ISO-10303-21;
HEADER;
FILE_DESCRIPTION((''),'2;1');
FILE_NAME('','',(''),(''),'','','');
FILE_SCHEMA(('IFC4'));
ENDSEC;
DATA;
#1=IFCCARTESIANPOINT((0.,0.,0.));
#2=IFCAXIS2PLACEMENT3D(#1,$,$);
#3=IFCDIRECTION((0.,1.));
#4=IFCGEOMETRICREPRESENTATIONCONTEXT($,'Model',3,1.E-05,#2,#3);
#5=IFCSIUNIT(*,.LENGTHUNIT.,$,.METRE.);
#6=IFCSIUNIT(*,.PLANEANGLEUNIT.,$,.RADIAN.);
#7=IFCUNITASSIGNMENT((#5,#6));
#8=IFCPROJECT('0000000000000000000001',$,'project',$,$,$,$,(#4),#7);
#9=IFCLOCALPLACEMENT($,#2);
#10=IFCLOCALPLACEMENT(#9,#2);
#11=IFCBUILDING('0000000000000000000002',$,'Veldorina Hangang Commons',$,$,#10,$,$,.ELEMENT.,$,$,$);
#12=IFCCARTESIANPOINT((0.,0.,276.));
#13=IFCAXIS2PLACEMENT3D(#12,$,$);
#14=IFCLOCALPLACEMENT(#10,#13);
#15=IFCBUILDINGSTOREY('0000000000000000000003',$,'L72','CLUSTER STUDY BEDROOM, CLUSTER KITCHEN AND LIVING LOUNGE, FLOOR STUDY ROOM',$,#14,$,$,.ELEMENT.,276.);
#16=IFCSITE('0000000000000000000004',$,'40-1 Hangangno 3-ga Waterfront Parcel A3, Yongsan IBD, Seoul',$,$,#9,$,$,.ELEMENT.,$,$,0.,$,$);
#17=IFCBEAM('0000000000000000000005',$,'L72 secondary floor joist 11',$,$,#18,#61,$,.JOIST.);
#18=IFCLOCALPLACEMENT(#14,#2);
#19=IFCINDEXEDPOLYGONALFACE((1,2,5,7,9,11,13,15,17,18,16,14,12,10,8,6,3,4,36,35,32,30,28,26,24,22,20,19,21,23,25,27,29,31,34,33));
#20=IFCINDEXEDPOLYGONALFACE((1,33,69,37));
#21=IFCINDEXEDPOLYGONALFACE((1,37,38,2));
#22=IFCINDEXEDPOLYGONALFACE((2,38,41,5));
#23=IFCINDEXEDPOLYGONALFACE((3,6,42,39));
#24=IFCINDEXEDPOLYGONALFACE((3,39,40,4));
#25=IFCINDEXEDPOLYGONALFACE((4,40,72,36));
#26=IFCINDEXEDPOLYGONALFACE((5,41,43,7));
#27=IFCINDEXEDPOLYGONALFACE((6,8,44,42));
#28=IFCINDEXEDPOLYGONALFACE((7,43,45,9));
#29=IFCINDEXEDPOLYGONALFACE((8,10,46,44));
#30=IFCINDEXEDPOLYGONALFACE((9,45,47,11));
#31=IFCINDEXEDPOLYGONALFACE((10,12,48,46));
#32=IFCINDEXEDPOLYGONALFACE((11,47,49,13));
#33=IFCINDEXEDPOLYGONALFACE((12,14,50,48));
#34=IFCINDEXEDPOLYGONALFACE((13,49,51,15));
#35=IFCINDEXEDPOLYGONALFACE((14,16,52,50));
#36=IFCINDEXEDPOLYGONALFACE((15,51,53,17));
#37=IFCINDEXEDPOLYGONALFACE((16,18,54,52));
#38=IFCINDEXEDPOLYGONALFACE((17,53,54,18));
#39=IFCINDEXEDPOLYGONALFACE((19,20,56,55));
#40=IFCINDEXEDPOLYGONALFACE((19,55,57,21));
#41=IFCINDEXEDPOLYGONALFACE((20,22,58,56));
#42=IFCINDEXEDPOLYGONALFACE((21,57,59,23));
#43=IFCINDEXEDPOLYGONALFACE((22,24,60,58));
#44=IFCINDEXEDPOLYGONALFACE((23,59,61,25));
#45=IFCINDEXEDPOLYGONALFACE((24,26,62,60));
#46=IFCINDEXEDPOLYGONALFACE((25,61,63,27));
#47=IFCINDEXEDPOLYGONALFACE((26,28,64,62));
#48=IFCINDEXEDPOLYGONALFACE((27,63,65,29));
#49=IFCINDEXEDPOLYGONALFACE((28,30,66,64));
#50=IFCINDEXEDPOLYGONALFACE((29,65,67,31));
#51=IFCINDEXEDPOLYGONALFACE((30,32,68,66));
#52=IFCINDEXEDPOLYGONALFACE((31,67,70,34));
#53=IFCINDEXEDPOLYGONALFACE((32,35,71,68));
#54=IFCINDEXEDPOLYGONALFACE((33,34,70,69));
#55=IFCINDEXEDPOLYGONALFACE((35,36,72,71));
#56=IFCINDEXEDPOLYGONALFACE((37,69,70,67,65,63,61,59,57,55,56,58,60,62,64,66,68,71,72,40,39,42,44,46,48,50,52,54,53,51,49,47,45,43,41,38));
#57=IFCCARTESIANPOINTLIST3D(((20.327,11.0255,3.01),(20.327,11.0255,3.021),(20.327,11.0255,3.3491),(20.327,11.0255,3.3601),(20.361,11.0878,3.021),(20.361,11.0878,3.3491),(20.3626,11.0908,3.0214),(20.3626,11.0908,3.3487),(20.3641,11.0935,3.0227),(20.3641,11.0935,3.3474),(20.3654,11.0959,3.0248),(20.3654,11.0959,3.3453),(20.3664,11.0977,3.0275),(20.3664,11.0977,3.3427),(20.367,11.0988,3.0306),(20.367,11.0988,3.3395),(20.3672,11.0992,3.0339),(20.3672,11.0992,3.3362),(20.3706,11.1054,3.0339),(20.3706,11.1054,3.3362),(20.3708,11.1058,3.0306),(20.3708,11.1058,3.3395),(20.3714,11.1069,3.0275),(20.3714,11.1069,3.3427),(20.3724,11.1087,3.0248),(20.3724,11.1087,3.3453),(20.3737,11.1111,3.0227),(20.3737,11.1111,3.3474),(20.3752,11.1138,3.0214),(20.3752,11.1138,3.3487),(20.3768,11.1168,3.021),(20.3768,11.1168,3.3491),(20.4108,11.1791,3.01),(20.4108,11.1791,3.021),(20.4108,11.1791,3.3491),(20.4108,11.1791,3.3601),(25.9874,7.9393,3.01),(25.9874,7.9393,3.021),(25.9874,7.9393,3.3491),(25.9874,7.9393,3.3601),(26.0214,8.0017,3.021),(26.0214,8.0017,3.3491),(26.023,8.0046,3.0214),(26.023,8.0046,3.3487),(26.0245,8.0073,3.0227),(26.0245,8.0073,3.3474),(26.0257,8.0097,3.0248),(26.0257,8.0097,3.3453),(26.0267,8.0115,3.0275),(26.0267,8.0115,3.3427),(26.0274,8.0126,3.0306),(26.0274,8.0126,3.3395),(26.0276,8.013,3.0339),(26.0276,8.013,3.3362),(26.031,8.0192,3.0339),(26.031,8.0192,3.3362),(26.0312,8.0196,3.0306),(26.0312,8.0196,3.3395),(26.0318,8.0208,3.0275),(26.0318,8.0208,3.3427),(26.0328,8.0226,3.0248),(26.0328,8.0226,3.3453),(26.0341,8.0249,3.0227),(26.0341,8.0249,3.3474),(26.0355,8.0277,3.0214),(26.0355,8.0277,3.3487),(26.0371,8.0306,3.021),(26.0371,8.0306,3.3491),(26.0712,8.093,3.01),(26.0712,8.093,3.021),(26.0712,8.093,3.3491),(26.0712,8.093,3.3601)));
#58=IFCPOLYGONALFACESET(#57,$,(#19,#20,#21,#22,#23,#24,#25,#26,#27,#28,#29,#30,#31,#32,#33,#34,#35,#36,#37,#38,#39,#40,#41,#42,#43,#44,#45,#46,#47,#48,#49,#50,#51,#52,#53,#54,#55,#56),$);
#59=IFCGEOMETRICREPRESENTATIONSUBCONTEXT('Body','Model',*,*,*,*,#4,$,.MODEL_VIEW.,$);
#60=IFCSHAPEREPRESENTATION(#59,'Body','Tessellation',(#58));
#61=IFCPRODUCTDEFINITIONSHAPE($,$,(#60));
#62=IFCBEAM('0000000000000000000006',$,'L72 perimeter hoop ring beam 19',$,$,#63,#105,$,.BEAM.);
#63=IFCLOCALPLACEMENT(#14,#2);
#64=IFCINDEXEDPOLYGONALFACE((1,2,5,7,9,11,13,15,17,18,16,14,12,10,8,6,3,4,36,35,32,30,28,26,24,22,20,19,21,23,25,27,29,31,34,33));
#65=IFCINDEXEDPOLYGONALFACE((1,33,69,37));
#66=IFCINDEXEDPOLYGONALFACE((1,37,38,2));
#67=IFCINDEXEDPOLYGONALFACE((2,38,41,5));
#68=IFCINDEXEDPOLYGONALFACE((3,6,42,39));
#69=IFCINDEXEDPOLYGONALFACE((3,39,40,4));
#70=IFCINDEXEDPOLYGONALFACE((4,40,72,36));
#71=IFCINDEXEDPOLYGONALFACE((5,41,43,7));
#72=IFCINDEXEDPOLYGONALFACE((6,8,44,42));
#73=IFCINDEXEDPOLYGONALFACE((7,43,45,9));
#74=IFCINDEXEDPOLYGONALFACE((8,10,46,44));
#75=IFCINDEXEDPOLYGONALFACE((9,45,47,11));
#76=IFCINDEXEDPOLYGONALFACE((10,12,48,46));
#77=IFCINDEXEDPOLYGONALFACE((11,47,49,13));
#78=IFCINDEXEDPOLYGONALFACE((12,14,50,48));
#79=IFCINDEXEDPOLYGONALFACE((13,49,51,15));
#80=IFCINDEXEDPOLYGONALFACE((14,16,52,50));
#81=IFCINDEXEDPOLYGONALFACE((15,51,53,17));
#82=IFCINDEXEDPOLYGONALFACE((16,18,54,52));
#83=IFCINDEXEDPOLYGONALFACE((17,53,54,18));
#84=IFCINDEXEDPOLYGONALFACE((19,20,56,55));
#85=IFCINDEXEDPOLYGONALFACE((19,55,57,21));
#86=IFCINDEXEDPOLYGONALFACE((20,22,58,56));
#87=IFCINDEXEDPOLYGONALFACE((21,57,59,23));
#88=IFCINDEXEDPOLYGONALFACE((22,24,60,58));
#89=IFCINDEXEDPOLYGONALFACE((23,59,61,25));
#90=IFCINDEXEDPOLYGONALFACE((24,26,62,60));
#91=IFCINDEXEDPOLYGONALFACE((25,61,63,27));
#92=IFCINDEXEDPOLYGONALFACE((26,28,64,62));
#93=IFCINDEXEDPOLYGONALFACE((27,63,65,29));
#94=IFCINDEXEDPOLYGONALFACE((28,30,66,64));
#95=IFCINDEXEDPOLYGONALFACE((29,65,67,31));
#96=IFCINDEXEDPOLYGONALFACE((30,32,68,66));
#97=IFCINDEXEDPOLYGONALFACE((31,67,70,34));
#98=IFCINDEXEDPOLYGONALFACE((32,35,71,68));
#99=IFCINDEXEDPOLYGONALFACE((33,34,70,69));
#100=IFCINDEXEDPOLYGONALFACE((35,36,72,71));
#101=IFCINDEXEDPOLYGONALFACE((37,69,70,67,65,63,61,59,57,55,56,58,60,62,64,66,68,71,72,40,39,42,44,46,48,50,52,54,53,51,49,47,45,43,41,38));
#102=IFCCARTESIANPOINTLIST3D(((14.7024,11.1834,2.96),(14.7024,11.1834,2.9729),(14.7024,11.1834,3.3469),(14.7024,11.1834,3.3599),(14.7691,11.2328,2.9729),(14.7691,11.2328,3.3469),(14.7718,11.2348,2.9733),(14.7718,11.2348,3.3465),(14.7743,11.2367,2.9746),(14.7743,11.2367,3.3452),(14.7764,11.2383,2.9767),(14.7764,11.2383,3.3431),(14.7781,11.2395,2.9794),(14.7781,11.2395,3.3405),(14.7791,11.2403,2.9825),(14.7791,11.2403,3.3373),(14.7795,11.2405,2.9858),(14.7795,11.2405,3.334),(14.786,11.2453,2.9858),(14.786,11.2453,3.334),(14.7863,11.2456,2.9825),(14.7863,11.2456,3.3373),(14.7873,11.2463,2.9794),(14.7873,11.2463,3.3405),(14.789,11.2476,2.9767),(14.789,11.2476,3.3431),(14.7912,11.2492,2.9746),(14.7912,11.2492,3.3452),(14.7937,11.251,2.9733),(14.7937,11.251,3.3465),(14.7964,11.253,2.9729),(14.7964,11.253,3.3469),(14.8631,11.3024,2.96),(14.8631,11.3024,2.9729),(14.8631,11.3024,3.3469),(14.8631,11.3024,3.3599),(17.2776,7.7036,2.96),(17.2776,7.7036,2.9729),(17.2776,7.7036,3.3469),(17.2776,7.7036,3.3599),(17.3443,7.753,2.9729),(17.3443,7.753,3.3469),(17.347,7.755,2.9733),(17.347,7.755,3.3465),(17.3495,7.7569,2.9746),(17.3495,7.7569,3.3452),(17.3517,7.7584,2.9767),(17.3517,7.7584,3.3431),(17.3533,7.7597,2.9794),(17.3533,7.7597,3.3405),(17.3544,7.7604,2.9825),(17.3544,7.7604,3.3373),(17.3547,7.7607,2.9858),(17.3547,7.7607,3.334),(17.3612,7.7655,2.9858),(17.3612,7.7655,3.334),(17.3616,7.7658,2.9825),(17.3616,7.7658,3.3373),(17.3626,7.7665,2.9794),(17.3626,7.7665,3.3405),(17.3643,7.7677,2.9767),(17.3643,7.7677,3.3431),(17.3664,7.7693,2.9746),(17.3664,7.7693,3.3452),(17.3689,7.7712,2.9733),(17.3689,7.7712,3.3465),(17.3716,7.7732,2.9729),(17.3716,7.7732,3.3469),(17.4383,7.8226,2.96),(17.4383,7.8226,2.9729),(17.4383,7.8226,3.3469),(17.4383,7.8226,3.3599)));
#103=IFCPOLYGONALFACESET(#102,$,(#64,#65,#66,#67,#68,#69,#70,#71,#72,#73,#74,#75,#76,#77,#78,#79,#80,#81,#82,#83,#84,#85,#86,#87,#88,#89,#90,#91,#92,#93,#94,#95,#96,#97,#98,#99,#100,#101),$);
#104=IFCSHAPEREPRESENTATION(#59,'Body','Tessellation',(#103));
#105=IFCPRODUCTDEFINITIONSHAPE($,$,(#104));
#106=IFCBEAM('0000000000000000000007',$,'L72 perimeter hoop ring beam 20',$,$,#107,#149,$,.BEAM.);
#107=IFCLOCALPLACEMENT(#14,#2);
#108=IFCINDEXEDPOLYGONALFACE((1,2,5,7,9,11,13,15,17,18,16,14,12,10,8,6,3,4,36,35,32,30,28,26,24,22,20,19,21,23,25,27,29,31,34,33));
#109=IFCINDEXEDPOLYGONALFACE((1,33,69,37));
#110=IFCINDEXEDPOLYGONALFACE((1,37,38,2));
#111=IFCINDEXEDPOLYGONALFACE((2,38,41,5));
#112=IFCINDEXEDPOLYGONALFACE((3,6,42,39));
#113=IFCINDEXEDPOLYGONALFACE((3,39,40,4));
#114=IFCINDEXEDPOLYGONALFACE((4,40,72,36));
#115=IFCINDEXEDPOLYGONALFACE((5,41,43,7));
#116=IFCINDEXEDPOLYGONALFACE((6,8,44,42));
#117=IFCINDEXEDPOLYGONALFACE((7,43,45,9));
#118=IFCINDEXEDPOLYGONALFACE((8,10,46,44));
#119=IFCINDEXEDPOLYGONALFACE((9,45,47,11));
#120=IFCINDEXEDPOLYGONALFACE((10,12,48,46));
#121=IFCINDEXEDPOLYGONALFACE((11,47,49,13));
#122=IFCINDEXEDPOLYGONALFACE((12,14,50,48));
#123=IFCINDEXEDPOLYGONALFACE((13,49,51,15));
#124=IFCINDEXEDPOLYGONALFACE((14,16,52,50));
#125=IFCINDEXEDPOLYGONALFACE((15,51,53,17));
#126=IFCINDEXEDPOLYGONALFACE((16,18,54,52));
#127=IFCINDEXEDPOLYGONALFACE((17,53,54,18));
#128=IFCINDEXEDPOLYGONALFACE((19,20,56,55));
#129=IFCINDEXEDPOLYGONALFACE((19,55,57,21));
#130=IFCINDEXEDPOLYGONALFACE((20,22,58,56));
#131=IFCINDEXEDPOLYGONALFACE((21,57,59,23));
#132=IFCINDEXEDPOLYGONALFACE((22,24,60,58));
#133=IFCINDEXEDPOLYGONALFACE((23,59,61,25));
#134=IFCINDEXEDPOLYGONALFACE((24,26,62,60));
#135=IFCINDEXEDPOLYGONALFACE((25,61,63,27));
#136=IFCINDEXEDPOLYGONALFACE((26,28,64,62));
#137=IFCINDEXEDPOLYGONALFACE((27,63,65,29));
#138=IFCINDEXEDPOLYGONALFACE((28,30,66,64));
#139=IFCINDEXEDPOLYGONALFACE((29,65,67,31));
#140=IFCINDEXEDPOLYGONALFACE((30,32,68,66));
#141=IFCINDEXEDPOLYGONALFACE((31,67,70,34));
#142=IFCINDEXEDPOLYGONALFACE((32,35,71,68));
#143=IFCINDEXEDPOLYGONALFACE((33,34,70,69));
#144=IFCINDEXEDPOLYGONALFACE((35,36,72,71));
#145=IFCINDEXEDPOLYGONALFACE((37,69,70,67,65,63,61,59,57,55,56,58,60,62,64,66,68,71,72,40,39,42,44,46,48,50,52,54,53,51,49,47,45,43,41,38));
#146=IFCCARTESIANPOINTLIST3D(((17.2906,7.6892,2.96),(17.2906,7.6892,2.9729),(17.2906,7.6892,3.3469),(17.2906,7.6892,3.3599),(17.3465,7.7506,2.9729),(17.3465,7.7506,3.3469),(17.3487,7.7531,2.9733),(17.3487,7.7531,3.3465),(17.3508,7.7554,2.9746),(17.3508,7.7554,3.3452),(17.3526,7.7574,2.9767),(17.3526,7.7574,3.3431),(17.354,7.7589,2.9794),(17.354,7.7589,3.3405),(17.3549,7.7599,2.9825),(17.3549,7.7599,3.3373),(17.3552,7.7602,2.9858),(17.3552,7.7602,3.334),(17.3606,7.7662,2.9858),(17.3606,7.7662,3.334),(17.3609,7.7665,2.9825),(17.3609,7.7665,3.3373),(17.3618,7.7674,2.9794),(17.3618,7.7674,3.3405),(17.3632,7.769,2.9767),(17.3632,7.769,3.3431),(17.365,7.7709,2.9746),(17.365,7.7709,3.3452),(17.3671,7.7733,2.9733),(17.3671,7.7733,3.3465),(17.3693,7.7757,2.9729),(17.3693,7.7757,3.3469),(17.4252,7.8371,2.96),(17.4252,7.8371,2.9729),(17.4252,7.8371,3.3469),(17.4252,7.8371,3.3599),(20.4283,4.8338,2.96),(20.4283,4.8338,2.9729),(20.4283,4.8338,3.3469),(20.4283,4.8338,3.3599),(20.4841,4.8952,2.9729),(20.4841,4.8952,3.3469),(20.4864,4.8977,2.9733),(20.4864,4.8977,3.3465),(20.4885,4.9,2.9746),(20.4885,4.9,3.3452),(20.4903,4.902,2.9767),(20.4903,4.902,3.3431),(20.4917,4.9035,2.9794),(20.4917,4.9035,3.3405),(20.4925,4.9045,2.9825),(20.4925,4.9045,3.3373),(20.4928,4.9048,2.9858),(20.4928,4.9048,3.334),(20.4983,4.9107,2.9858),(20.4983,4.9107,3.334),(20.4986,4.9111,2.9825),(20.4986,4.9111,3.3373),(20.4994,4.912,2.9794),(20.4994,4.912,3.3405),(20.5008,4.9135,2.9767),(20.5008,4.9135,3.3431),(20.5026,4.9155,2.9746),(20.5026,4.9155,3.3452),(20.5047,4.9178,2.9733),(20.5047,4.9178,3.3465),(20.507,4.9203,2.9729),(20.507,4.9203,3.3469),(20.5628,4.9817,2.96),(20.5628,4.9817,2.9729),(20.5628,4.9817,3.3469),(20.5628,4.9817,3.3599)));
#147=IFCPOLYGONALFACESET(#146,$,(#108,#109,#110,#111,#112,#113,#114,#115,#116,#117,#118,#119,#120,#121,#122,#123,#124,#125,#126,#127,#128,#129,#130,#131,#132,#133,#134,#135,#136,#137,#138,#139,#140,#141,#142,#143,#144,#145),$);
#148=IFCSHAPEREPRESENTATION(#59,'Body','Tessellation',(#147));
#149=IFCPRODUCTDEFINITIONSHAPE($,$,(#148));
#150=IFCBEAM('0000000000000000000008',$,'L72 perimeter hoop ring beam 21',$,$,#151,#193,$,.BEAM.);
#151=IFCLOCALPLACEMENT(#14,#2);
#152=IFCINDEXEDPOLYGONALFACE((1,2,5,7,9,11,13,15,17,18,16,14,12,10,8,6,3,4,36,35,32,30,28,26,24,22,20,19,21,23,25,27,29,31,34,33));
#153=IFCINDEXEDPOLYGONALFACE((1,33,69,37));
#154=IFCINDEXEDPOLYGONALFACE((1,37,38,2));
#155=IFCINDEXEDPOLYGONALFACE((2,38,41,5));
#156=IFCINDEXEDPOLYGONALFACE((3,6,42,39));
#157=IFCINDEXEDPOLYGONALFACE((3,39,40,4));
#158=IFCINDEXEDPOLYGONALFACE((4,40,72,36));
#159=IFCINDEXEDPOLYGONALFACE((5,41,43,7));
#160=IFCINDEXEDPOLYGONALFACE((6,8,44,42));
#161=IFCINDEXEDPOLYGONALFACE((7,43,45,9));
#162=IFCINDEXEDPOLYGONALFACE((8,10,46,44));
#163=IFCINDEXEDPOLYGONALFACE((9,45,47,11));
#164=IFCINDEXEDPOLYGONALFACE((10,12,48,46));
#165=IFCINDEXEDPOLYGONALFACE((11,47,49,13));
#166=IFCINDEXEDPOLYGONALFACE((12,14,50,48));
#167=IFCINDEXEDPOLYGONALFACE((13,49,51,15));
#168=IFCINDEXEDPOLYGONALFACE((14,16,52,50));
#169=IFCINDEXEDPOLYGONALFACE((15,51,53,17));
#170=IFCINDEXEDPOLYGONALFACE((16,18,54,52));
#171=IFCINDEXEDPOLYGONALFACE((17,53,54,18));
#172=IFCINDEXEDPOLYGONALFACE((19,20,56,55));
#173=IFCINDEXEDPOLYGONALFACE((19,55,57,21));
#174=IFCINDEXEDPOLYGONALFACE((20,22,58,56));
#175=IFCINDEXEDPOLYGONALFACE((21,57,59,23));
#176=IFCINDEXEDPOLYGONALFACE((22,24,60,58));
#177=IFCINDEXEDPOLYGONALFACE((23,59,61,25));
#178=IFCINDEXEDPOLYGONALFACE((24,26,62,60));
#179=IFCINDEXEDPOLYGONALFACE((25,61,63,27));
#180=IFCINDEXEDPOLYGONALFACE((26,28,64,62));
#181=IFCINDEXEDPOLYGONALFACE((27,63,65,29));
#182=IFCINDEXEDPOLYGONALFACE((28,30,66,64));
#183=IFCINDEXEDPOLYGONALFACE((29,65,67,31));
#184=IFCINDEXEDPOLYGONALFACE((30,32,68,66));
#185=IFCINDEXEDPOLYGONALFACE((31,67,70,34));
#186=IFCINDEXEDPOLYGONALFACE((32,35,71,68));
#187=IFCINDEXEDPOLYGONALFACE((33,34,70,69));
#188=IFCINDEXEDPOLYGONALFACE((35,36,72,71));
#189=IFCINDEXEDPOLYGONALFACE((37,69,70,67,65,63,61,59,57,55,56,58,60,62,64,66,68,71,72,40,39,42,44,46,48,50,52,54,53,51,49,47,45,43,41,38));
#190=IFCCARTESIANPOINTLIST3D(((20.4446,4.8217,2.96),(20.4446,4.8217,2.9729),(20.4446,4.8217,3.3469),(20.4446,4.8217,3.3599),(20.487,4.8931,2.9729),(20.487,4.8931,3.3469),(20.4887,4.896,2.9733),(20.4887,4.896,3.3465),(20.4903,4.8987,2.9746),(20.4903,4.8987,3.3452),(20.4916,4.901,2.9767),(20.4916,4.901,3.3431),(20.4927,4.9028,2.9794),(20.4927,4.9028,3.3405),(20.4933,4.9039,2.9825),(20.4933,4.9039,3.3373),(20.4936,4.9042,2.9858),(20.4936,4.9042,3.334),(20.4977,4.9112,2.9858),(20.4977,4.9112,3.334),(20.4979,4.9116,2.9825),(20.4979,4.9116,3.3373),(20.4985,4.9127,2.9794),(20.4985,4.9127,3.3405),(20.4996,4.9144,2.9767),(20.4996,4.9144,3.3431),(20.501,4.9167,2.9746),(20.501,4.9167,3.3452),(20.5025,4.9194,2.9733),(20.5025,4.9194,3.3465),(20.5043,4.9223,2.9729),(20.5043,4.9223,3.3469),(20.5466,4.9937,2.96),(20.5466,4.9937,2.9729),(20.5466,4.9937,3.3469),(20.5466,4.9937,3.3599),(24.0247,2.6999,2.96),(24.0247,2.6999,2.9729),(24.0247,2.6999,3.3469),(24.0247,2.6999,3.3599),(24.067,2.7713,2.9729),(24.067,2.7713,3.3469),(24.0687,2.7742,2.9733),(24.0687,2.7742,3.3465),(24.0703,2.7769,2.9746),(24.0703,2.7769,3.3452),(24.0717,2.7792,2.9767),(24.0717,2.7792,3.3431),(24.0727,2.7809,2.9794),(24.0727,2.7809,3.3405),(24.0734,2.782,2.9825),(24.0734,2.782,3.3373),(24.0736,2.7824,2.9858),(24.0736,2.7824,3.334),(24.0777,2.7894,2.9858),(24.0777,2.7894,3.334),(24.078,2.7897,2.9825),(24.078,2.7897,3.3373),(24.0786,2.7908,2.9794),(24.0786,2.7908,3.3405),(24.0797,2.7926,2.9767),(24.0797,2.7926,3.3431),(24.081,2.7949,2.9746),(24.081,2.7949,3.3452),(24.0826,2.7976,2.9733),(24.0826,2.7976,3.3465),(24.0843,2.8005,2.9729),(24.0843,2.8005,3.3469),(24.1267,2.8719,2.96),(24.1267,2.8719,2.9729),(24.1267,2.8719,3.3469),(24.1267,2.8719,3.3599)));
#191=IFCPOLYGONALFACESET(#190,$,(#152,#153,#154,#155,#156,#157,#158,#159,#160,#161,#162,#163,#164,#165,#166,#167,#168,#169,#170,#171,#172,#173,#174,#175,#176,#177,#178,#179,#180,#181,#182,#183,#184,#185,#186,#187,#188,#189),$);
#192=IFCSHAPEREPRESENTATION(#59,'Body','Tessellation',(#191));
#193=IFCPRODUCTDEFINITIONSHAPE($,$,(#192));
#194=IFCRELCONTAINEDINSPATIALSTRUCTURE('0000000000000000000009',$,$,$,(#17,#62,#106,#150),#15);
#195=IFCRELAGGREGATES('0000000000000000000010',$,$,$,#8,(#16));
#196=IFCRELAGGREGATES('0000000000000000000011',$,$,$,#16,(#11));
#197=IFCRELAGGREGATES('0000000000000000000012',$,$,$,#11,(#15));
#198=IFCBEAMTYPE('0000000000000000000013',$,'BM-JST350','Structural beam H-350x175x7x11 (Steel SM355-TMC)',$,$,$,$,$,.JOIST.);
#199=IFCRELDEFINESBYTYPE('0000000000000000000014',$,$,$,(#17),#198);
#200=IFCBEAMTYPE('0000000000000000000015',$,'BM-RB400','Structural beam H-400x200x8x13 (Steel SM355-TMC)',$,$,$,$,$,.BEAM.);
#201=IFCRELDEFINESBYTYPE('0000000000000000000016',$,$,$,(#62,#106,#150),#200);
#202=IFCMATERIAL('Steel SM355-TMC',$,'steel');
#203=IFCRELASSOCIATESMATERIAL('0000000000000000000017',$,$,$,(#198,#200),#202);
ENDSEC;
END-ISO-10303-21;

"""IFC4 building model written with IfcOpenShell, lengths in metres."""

from ifc_helpers import new_model, si_unit, direction, frame, origin, origin_2d, place, context, subcontext, project, spatial, i_section, extrude, material, material_profile, profile_set, type_object, element, save


model = new_model("IFC4")

# Units and contexts
model_context = context("Model", 3, precision=1e-05, world=origin(), true_north=direction((0.0, 1.0)))
body_context = subcontext(model_context, "Body", "Model", "MODEL_VIEW")
ifc_project = project(units=[si_unit("LENGTHUNIT", "METRE"), si_unit("PLANEANGLEUNIT", "RADIAN")], contexts=[model_context])

# Site, building, storey
site_placement = place(None, origin())
site = spatial("IfcSite", under=ifc_project, at=site_placement, Name="40-1 Hangangno 3-ga Waterfront Parcel A3, Yongsan IBD, Seoul", CompositionType="ELEMENT", RefElevation=0.0)
building_placement = place(site_placement, origin())
building = spatial("IfcBuilding", under=site, at=building_placement, Name="Veldorina Hangang Commons", CompositionType="ELEMENT")
storey_placement = place(building_placement, frame((0.0, 0.0, 276.0)))
storey = spatial("IfcBuildingStorey", under=building, at=storey_placement, Name="L72", Description="CLUSTER STUDY BEDROOM, CLUSTER KITCHEN AND LIVING LOUNGE, FLOOR STUDY ROOM", CompositionType="ELEMENT", Elevation=276.0)

# Beams
ifc_material_1 = material(Name="Steel SM355-TMC", Category="steel")
ifc_material_profile_1 = material_profile(ifc_material_1, i_section(OverallWidth=0.175, OverallDepth=0.3501, WebThickness=0.0071, FlangeThickness=0.011, FilletRadius=0.0129, at=origin_2d()), Name="H-350x175x7x11")
ifc_profile_set_1 = profile_set([ifc_material_profile_1], Name="Steel SM355-TMC")
beam_type_1 = type_object("IfcBeamType", Name="BM-JST350", Description="Structural beam H-350x175x7x11 (Steel SM355-TMC)", PredefinedType="JOIST", material=ifc_profile_set_1)
beam_1_placement = place(storey_placement, frame((20.3689, 11.1023, 3.1851), z_axis=(0.877981, -0.478696, 0.0), x_axis=(0.478696, 0.877981, 0.0)))
element("IfcBeam", 1, at=beam_1_placement, inside=storey, type_object=beam_type_1, Name="L72 secondary floor joist 11", PredefinedType="JOIST", context=body_context, shape_type="SweptSolid", body=[
    extrude(i_section(OverallWidth=0.175, OverallDepth=0.3501, WebThickness=0.0071, FlangeThickness=0.011, FilletRadius=0.0129, at=origin_2d()), origin(), (0.0, 0.0, 1.0), 6.447),
])
ifc_material_profile_2 = material_profile(ifc_material_1, i_section(OverallWidth=0.2, OverallDepth=0.3999, WebThickness=0.0081, FlangeThickness=0.0129, FilletRadius=0.0129, at=origin_2d()), Name="H-400x200x8x13")
ifc_profile_set_2 = profile_set([ifc_material_profile_2], Name="Steel SM355-TMC")
beam_type_2 = type_object("IfcBeamType", Name="BM-RB400", Description="Structural beam H-400x200x8x13 (Steel SM355-TMC)", PredefinedType="BEAM", material=ifc_profile_set_2)
beam_2_placement = place(storey_placement, frame((14.7827, 11.2429, 3.1599), z_axis=(0.594871, -0.803821, 0.0), x_axis=(0.803821, 0.594871, 0.0)))
element("IfcBeam", 2, at=beam_2_placement, inside=storey, type_object=beam_type_2, Name="L72 perimeter hoop ring beam 19", PredefinedType="BEAM", context=body_context, shape_type="SweptSolid", body=[
    extrude(i_section(OverallWidth=0.2, OverallDepth=0.3999, WebThickness=0.0081, FlangeThickness=0.0129, FilletRadius=0.0129, at=origin_2d()), origin(), (0.0, 0.0, 1.0), 4.3291),
])
beam_3_placement = place(storey_placement, frame((17.3579, 7.7632, 3.1599), z_axis=(0.739586, -0.673062, 0.0), x_axis=(0.673062, 0.739586, 0.0)))
element("IfcBeam", 3, at=beam_3_placement, inside=storey, type_object=beam_type_2, Name="L72 perimeter hoop ring beam 20", PredefinedType="BEAM", context=body_context, shape_type="SweptSolid", body=[
    extrude(i_section(OverallWidth=0.2, OverallDepth=0.3999, WebThickness=0.0081, FlangeThickness=0.0129, FilletRadius=0.0129, at=origin_2d()), origin(), (0.0, 0.0, 1.0), 4.2424),
])
beam_4_placement = place(storey_placement, frame((20.4956, 4.9077, 3.1599), z_axis=(0.86026, -0.509855, 0.0), x_axis=(0.509855, 0.86026, 0.0)))
element("IfcBeam", 4, at=beam_4_placement, inside=storey, type_object=beam_type_2, Name="L72 perimeter hoop ring beam 21", PredefinedType="BEAM", context=body_context, shape_type="SweptSolid", body=[
    extrude(i_section(OverallWidth=0.2, OverallDepth=0.3999, WebThickness=0.0081, FlangeThickness=0.0129, FilletRadius=0.0129, at=origin_2d()), origin(), (0.0, 0.0, 1.0), 4.1616),
])

save(model, "model.ifc")
